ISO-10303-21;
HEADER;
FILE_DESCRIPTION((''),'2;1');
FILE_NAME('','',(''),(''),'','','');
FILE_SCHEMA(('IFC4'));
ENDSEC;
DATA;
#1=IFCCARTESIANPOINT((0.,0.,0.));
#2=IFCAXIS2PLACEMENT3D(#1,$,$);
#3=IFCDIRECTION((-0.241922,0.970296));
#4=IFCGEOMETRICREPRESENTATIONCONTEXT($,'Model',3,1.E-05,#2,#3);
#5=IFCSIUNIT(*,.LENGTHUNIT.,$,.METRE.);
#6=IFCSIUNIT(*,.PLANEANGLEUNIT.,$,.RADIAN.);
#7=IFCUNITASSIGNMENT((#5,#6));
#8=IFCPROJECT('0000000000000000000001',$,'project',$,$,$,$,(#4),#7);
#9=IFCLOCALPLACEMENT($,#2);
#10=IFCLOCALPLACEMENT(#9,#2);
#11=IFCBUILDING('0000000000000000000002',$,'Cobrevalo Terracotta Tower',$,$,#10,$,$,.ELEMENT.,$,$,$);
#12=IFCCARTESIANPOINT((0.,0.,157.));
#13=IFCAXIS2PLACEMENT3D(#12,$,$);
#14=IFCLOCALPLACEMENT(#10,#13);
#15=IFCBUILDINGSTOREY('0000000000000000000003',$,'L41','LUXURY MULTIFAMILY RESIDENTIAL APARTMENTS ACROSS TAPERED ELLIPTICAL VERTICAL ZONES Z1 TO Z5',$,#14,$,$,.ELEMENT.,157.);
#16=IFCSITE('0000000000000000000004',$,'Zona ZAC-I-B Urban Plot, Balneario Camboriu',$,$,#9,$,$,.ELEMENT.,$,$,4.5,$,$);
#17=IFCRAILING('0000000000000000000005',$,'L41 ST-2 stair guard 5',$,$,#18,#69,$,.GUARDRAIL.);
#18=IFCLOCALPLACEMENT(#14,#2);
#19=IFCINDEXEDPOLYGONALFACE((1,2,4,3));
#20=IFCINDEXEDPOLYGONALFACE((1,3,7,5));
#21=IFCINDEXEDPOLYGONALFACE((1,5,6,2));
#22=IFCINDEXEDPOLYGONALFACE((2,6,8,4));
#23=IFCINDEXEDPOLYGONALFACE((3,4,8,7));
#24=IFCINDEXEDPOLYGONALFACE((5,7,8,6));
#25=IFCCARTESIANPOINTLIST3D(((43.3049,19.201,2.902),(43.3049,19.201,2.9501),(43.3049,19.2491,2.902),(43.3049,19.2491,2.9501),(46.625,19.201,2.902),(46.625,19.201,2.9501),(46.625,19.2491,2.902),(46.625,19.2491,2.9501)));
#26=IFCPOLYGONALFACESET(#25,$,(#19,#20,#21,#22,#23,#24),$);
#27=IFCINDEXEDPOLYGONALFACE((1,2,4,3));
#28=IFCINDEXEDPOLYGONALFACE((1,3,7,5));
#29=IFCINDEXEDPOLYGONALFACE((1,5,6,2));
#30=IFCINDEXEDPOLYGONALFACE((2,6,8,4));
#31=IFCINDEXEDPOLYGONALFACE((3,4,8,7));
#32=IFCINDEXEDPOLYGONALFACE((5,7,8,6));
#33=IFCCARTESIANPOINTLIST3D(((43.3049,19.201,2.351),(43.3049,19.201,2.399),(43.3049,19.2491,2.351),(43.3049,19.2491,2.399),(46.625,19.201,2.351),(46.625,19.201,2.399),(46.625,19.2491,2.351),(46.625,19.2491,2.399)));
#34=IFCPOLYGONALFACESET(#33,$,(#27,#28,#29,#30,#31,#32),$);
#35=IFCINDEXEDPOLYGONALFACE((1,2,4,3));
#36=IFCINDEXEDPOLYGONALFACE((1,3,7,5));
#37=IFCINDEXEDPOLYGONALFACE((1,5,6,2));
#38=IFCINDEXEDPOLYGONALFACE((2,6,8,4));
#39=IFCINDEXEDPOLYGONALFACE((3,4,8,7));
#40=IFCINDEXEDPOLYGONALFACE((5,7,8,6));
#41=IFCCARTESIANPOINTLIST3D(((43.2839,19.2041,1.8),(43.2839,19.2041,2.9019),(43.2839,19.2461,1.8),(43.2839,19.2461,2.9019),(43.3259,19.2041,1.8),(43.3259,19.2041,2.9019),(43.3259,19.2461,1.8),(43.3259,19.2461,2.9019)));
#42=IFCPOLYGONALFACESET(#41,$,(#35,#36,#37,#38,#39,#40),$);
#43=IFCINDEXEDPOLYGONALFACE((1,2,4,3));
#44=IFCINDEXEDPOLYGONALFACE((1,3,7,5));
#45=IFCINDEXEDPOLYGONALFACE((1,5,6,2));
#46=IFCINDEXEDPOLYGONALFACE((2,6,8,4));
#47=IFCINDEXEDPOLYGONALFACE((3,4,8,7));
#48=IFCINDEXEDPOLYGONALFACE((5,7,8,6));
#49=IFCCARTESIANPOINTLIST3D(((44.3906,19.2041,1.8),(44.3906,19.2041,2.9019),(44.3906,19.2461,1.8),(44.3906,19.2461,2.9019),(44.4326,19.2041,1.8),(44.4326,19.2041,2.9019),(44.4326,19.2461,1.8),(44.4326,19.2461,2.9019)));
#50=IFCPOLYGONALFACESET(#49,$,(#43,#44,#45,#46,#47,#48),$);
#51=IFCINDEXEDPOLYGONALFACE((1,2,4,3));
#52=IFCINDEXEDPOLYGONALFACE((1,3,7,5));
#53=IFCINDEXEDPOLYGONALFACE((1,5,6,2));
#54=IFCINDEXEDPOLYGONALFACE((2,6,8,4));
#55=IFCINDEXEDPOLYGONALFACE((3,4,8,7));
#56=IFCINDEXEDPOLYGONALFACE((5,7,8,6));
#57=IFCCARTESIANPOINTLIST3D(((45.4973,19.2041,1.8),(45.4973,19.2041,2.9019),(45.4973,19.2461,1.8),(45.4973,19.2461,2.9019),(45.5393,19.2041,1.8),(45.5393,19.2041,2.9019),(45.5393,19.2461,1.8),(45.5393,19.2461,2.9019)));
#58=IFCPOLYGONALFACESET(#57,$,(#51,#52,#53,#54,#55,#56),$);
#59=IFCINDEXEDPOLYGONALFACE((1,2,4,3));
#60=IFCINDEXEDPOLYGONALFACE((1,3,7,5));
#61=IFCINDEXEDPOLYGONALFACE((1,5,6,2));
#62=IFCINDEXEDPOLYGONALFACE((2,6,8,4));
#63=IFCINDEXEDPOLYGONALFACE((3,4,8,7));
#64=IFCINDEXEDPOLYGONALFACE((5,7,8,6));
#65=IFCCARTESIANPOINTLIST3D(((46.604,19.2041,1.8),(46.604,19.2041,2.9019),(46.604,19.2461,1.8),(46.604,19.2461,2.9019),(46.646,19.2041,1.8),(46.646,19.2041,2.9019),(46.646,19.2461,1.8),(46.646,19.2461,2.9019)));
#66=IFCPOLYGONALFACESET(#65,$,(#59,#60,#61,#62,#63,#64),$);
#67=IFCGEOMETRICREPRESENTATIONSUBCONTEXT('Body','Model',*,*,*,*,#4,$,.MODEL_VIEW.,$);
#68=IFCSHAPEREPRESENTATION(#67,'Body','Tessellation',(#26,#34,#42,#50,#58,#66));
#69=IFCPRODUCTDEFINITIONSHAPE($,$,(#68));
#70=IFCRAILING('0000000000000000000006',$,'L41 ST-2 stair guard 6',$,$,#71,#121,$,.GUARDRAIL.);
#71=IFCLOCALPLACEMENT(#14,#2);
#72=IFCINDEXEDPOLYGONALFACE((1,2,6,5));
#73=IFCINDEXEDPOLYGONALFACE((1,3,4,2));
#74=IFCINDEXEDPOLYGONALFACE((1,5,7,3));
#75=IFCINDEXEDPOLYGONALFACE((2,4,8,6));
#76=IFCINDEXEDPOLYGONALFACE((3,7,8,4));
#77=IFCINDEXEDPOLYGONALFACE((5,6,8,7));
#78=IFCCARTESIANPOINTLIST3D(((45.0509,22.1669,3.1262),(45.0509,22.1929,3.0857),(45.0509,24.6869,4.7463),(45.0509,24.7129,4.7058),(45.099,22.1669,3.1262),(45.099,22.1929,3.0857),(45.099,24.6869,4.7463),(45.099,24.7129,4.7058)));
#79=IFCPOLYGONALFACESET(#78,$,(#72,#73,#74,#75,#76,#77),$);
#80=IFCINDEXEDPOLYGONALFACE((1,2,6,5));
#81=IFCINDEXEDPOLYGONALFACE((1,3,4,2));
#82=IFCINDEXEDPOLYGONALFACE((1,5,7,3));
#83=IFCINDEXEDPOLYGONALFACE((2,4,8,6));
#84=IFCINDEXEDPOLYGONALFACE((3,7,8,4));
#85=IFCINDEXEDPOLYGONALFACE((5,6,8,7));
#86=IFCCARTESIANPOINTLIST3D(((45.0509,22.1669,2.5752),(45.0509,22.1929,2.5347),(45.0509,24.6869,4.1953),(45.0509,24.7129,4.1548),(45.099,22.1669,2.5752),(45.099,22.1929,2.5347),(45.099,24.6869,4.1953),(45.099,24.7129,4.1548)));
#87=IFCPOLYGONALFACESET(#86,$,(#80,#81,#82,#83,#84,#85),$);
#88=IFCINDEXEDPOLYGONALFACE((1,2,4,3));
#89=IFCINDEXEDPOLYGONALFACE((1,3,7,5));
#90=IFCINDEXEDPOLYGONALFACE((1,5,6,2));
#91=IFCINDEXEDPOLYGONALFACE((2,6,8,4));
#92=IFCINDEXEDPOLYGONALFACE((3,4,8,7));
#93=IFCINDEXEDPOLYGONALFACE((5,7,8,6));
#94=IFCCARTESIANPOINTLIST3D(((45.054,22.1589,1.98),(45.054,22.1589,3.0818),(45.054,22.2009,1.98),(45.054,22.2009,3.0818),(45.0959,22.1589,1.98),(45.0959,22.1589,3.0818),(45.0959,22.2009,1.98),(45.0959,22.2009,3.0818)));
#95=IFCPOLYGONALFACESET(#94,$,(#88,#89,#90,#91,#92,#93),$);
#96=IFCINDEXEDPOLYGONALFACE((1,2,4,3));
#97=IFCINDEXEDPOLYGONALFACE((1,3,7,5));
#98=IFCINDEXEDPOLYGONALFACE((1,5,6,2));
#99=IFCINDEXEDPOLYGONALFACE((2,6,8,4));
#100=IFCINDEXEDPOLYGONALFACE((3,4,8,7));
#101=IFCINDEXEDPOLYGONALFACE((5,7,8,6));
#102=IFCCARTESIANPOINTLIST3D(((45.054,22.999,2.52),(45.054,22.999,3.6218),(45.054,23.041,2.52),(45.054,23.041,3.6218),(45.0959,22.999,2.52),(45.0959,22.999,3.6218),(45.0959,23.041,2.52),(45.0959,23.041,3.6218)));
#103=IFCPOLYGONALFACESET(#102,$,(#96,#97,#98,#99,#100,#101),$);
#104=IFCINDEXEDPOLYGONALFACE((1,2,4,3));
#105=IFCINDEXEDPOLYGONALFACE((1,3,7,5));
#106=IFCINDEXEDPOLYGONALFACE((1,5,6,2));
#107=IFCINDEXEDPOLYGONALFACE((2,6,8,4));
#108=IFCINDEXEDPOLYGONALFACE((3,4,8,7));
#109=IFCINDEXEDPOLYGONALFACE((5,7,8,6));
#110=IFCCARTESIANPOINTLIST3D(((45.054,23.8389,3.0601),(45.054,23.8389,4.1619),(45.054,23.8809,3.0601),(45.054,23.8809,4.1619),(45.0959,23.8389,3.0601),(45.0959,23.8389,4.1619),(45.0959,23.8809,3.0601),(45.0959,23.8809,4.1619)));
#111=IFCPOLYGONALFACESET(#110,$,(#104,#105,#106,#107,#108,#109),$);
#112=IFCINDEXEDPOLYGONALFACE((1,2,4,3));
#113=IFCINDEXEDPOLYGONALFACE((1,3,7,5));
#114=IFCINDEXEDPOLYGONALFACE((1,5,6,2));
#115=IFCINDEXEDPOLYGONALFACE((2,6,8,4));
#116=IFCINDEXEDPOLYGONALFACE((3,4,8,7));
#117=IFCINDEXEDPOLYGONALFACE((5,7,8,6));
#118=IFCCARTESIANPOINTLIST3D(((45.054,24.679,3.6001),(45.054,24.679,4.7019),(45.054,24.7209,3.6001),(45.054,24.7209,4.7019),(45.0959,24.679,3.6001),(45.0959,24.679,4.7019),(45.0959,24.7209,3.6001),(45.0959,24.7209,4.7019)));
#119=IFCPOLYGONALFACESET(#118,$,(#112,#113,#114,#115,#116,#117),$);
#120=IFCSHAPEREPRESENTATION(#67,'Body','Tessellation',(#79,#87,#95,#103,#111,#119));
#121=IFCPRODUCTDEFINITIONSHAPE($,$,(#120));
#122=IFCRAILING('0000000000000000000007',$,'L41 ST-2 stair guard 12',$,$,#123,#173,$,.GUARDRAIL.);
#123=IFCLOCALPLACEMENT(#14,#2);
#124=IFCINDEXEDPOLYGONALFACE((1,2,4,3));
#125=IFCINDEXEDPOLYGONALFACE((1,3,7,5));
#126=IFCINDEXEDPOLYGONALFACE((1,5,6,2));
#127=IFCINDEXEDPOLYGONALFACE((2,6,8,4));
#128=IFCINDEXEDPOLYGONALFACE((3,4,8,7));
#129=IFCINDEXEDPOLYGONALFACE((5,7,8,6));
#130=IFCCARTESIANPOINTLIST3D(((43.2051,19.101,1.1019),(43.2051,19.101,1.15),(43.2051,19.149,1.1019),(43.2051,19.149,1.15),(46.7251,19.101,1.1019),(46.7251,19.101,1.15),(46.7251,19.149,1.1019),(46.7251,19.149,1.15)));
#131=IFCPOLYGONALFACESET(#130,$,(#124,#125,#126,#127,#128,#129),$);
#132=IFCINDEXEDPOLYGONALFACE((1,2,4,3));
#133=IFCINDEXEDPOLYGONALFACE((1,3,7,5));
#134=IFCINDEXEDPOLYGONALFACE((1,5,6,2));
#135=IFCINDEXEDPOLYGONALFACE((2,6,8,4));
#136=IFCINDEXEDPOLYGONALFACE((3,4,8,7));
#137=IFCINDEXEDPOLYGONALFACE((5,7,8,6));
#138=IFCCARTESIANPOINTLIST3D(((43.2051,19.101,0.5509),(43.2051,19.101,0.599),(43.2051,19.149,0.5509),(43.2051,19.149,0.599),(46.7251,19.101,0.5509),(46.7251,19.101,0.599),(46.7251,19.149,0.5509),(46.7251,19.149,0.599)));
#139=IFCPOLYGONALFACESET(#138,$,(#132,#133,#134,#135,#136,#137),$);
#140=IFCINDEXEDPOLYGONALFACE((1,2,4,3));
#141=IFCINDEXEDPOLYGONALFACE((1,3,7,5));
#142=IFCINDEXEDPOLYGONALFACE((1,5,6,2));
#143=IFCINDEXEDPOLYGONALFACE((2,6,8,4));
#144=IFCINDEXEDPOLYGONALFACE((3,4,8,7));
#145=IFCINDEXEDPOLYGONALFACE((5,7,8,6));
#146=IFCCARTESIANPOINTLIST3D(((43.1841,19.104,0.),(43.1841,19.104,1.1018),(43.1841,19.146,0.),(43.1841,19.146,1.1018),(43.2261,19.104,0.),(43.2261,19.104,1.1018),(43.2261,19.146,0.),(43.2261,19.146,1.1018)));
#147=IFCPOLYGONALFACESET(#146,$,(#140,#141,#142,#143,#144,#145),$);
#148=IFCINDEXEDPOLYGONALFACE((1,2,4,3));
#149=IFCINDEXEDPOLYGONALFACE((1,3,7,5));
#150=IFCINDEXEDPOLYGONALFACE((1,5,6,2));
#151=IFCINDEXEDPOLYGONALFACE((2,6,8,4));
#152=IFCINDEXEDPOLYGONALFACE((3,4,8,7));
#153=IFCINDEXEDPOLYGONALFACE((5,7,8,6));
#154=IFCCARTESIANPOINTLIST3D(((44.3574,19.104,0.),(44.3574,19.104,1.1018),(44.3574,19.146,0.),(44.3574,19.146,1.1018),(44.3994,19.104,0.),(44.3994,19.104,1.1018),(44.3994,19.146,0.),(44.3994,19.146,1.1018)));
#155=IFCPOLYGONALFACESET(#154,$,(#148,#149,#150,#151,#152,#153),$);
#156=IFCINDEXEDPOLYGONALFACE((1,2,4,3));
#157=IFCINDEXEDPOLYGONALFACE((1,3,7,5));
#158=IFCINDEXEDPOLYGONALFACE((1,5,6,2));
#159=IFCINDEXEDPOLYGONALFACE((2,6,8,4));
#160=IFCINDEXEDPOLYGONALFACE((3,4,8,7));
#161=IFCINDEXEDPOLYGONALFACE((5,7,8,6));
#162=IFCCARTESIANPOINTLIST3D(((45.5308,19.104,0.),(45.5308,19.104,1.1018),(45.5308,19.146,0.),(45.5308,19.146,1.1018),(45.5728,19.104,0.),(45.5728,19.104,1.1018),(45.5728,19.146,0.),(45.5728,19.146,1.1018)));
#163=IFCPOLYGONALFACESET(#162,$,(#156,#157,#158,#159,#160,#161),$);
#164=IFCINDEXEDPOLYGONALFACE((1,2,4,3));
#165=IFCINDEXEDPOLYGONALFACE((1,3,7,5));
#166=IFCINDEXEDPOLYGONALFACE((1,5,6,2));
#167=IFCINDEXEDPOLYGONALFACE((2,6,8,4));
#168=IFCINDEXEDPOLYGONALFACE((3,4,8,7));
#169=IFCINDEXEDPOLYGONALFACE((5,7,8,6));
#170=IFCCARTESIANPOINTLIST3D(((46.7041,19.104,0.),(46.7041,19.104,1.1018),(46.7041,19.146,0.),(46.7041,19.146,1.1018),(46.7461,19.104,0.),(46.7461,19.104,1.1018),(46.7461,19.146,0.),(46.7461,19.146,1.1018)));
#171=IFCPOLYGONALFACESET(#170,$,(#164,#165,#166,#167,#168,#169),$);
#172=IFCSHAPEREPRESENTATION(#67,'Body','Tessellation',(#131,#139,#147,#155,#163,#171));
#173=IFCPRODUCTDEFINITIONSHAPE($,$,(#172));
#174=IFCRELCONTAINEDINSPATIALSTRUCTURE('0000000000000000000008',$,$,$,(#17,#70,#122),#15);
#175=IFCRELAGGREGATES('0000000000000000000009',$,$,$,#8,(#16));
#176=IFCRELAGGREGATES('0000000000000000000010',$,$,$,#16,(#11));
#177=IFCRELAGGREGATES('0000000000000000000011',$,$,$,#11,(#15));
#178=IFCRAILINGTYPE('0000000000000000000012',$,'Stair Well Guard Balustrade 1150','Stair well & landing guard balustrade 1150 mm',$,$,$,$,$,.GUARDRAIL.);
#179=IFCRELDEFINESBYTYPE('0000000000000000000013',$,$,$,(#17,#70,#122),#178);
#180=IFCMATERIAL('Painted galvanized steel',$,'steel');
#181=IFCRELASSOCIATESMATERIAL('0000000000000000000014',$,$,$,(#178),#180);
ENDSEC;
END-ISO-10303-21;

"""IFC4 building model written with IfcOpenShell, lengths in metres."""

from ifc_helpers import new_model, si_unit, direction, frame, origin, origin_2d, place, context, subcontext, project, spatial, rectangle, extrude, material, type_object, element, save


model = new_model("IFC4")

# Units and contexts
model_context = context("Model", 3, precision=1e-05, world=origin(), true_north=direction((-0.241922, 0.970296)))
body_context = subcontext(model_context, "Body", "Model", "MODEL_VIEW")
ifc_project = project(units=[si_unit("LENGTHUNIT", "METRE"), si_unit("PLANEANGLEUNIT", "RADIAN")], contexts=[model_context])

# Site, building, storey
site_placement = place(None, origin())
site = spatial("IfcSite", under=ifc_project, at=site_placement, Name="Zona ZAC-I-B Urban Plot, Balneario Camboriu", CompositionType="ELEMENT", RefElevation=4.5)
building_placement = place(site_placement, origin())
building = spatial("IfcBuilding", under=site, at=building_placement, Name="Cobrevalo Terracotta Tower", CompositionType="ELEMENT")
storey_placement = place(building_placement, frame((0.0, 0.0, 157.0)))
storey = spatial("IfcBuildingStorey", under=building, at=storey_placement, Name="L41", Description="LUXURY MULTIFAMILY RESIDENTIAL APARTMENTS ACROSS TAPERED ELLIPTICAL VERTICAL ZONES Z1 TO Z5", CompositionType="ELEMENT", Elevation=157.0)

# Railings
ifc_material_1 = material(Name="Painted galvanized steel", Category="steel")
railing_type_1 = type_object("IfcRailingType", Name="Stair Well Guard Balustrade 1150", Description="Stair well & landing guard balustrade 1150 mm", PredefinedType="GUARDRAIL", material=ifc_material_1)
railing_1_placement = place(storey_placement, frame((43.3049, 19.2251, 1.8)))
element("IfcRailing", 1, at=railing_1_placement, inside=storey, type_object=railing_type_1, Name="L41 ST-2 stair guard 5", PredefinedType="GUARDRAIL", context=body_context, shape_type="SweptSolid", body=[
    extrude(rectangle(XDim=0.0481, YDim=0.0481, at=origin_2d()), frame((0.0, 0.0, 1.126), z_axis=(1.0, 0.0, 0.0), x_axis=(0.0, 1.0, 0.0)), (0.0, 0.0, 1.0), 3.3201),
    extrude(rectangle(XDim=0.0481, YDim=0.0481, at=origin_2d()), frame((0.0, 0.0, 0.575), z_axis=(1.0, 0.0, 0.0), x_axis=(0.0, 1.0, 0.0)), (0.0, 0.0, 1.0), 3.3201),
    extrude(rectangle(XDim=0.042, YDim=0.042, at=origin_2d()), origin(), (0.0, 0.0, 1.0), 1.1018),
    extrude(rectangle(XDim=0.042, YDim=0.042, at=origin_2d()), frame((1.1067, 0.0, 0.0)), (0.0, 0.0, 1.0), 1.1018),
    extrude(rectangle(XDim=0.042, YDim=0.042, at=origin_2d()), frame((2.2134, 0.0, 0.0)), (0.0, 0.0, 1.0), 1.1018),
    extrude(rectangle(XDim=0.042, YDim=0.042, at=origin_2d()), frame((3.3201, 0.0, 0.0)), (0.0, 0.0, 1.0), 1.1018),
])
railing_2_placement = place(storey_placement, frame((45.075, 22.1799, 1.98)))
element("IfcRailing", 2, at=railing_2_placement, inside=storey, type_object=railing_type_1, Name="L41 ST-2 stair guard 6", PredefinedType="GUARDRAIL", context=body_context, shape_type="SweptSolid", body=[
    extrude(rectangle(XDim=0.0481, YDim=0.0481, at=origin_2d()), frame((0.0, 0.0, 1.126), z_axis=(0.0, 0.841163, 0.540782), x_axis=(-1.0, 0.0, 0.0)), (0.0, 0.0, 1.0), 2.9958),
    extrude(rectangle(XDim=0.0481, YDim=0.0481, at=origin_2d()), frame((0.0, 0.0, 0.575), z_axis=(0.0, 0.841163, 0.540782), x_axis=(-1.0, 0.0, 0.0)), (0.0, 0.0, 1.0), 2.9958),
    extrude(rectangle(XDim=0.042, YDim=0.042, at=origin_2d()), origin(), (0.0, 0.0, 1.0), 1.1018),
    extrude(rectangle(XDim=0.042, YDim=0.042, at=origin_2d()), frame((0.0, 0.8401, 0.54)), (0.0, 0.0, 1.0), 1.1018),
    extrude(rectangle(XDim=0.042, YDim=0.042, at=origin_2d()), frame((0.0, 1.6799, 1.0801)), (0.0, 0.0, 1.0), 1.1018),
    extrude(rectangle(XDim=0.042, YDim=0.042, at=origin_2d()), frame((0.0, 2.52, 1.6201)), (0.0, 0.0, 1.0), 1.1018),
])
railing_3_placement = place(storey_placement, frame((43.2051, 19.125, 0.0)))
element("IfcRailing", 3, at=railing_3_placement, inside=storey, type_object=railing_type_1, Name="L41 ST-2 stair guard 12", PredefinedType="GUARDRAIL", context=body_context, shape_type="SweptSolid", body=[
    extrude(rectangle(XDim=0.0481, YDim=0.0481, at=origin_2d()), frame((0.0, 0.0, 1.126), z_axis=(1.0, 0.0, 0.0), x_axis=(0.0, 1.0, 0.0)), (0.0, 0.0, 1.0), 3.52),
    extrude(rectangle(XDim=0.0481, YDim=0.0481, at=origin_2d()), frame((0.0, 0.0, 0.575), z_axis=(1.0, 0.0, 0.0), x_axis=(0.0, 1.0, 0.0)), (0.0, 0.0, 1.0), 3.52),
    extrude(rectangle(XDim=0.042, YDim=0.042, at=origin_2d()), origin(), (0.0, 0.0, 1.0), 1.1018),
    extrude(rectangle(XDim=0.042, YDim=0.042, at=origin_2d()), frame((1.1733, 0.0, 0.0)), (0.0, 0.0, 1.0), 1.1018),
    extrude(rectangle(XDim=0.042, YDim=0.042, at=origin_2d()), frame((2.3467, 0.0, 0.0)), (0.0, 0.0, 1.0), 1.1018),
    extrude(rectangle(XDim=0.042, YDim=0.042, at=origin_2d()), frame((3.52, 0.0, 0.0)), (0.0, 0.0, 1.0), 1.1018),
])

save(model, "model.ifc")
